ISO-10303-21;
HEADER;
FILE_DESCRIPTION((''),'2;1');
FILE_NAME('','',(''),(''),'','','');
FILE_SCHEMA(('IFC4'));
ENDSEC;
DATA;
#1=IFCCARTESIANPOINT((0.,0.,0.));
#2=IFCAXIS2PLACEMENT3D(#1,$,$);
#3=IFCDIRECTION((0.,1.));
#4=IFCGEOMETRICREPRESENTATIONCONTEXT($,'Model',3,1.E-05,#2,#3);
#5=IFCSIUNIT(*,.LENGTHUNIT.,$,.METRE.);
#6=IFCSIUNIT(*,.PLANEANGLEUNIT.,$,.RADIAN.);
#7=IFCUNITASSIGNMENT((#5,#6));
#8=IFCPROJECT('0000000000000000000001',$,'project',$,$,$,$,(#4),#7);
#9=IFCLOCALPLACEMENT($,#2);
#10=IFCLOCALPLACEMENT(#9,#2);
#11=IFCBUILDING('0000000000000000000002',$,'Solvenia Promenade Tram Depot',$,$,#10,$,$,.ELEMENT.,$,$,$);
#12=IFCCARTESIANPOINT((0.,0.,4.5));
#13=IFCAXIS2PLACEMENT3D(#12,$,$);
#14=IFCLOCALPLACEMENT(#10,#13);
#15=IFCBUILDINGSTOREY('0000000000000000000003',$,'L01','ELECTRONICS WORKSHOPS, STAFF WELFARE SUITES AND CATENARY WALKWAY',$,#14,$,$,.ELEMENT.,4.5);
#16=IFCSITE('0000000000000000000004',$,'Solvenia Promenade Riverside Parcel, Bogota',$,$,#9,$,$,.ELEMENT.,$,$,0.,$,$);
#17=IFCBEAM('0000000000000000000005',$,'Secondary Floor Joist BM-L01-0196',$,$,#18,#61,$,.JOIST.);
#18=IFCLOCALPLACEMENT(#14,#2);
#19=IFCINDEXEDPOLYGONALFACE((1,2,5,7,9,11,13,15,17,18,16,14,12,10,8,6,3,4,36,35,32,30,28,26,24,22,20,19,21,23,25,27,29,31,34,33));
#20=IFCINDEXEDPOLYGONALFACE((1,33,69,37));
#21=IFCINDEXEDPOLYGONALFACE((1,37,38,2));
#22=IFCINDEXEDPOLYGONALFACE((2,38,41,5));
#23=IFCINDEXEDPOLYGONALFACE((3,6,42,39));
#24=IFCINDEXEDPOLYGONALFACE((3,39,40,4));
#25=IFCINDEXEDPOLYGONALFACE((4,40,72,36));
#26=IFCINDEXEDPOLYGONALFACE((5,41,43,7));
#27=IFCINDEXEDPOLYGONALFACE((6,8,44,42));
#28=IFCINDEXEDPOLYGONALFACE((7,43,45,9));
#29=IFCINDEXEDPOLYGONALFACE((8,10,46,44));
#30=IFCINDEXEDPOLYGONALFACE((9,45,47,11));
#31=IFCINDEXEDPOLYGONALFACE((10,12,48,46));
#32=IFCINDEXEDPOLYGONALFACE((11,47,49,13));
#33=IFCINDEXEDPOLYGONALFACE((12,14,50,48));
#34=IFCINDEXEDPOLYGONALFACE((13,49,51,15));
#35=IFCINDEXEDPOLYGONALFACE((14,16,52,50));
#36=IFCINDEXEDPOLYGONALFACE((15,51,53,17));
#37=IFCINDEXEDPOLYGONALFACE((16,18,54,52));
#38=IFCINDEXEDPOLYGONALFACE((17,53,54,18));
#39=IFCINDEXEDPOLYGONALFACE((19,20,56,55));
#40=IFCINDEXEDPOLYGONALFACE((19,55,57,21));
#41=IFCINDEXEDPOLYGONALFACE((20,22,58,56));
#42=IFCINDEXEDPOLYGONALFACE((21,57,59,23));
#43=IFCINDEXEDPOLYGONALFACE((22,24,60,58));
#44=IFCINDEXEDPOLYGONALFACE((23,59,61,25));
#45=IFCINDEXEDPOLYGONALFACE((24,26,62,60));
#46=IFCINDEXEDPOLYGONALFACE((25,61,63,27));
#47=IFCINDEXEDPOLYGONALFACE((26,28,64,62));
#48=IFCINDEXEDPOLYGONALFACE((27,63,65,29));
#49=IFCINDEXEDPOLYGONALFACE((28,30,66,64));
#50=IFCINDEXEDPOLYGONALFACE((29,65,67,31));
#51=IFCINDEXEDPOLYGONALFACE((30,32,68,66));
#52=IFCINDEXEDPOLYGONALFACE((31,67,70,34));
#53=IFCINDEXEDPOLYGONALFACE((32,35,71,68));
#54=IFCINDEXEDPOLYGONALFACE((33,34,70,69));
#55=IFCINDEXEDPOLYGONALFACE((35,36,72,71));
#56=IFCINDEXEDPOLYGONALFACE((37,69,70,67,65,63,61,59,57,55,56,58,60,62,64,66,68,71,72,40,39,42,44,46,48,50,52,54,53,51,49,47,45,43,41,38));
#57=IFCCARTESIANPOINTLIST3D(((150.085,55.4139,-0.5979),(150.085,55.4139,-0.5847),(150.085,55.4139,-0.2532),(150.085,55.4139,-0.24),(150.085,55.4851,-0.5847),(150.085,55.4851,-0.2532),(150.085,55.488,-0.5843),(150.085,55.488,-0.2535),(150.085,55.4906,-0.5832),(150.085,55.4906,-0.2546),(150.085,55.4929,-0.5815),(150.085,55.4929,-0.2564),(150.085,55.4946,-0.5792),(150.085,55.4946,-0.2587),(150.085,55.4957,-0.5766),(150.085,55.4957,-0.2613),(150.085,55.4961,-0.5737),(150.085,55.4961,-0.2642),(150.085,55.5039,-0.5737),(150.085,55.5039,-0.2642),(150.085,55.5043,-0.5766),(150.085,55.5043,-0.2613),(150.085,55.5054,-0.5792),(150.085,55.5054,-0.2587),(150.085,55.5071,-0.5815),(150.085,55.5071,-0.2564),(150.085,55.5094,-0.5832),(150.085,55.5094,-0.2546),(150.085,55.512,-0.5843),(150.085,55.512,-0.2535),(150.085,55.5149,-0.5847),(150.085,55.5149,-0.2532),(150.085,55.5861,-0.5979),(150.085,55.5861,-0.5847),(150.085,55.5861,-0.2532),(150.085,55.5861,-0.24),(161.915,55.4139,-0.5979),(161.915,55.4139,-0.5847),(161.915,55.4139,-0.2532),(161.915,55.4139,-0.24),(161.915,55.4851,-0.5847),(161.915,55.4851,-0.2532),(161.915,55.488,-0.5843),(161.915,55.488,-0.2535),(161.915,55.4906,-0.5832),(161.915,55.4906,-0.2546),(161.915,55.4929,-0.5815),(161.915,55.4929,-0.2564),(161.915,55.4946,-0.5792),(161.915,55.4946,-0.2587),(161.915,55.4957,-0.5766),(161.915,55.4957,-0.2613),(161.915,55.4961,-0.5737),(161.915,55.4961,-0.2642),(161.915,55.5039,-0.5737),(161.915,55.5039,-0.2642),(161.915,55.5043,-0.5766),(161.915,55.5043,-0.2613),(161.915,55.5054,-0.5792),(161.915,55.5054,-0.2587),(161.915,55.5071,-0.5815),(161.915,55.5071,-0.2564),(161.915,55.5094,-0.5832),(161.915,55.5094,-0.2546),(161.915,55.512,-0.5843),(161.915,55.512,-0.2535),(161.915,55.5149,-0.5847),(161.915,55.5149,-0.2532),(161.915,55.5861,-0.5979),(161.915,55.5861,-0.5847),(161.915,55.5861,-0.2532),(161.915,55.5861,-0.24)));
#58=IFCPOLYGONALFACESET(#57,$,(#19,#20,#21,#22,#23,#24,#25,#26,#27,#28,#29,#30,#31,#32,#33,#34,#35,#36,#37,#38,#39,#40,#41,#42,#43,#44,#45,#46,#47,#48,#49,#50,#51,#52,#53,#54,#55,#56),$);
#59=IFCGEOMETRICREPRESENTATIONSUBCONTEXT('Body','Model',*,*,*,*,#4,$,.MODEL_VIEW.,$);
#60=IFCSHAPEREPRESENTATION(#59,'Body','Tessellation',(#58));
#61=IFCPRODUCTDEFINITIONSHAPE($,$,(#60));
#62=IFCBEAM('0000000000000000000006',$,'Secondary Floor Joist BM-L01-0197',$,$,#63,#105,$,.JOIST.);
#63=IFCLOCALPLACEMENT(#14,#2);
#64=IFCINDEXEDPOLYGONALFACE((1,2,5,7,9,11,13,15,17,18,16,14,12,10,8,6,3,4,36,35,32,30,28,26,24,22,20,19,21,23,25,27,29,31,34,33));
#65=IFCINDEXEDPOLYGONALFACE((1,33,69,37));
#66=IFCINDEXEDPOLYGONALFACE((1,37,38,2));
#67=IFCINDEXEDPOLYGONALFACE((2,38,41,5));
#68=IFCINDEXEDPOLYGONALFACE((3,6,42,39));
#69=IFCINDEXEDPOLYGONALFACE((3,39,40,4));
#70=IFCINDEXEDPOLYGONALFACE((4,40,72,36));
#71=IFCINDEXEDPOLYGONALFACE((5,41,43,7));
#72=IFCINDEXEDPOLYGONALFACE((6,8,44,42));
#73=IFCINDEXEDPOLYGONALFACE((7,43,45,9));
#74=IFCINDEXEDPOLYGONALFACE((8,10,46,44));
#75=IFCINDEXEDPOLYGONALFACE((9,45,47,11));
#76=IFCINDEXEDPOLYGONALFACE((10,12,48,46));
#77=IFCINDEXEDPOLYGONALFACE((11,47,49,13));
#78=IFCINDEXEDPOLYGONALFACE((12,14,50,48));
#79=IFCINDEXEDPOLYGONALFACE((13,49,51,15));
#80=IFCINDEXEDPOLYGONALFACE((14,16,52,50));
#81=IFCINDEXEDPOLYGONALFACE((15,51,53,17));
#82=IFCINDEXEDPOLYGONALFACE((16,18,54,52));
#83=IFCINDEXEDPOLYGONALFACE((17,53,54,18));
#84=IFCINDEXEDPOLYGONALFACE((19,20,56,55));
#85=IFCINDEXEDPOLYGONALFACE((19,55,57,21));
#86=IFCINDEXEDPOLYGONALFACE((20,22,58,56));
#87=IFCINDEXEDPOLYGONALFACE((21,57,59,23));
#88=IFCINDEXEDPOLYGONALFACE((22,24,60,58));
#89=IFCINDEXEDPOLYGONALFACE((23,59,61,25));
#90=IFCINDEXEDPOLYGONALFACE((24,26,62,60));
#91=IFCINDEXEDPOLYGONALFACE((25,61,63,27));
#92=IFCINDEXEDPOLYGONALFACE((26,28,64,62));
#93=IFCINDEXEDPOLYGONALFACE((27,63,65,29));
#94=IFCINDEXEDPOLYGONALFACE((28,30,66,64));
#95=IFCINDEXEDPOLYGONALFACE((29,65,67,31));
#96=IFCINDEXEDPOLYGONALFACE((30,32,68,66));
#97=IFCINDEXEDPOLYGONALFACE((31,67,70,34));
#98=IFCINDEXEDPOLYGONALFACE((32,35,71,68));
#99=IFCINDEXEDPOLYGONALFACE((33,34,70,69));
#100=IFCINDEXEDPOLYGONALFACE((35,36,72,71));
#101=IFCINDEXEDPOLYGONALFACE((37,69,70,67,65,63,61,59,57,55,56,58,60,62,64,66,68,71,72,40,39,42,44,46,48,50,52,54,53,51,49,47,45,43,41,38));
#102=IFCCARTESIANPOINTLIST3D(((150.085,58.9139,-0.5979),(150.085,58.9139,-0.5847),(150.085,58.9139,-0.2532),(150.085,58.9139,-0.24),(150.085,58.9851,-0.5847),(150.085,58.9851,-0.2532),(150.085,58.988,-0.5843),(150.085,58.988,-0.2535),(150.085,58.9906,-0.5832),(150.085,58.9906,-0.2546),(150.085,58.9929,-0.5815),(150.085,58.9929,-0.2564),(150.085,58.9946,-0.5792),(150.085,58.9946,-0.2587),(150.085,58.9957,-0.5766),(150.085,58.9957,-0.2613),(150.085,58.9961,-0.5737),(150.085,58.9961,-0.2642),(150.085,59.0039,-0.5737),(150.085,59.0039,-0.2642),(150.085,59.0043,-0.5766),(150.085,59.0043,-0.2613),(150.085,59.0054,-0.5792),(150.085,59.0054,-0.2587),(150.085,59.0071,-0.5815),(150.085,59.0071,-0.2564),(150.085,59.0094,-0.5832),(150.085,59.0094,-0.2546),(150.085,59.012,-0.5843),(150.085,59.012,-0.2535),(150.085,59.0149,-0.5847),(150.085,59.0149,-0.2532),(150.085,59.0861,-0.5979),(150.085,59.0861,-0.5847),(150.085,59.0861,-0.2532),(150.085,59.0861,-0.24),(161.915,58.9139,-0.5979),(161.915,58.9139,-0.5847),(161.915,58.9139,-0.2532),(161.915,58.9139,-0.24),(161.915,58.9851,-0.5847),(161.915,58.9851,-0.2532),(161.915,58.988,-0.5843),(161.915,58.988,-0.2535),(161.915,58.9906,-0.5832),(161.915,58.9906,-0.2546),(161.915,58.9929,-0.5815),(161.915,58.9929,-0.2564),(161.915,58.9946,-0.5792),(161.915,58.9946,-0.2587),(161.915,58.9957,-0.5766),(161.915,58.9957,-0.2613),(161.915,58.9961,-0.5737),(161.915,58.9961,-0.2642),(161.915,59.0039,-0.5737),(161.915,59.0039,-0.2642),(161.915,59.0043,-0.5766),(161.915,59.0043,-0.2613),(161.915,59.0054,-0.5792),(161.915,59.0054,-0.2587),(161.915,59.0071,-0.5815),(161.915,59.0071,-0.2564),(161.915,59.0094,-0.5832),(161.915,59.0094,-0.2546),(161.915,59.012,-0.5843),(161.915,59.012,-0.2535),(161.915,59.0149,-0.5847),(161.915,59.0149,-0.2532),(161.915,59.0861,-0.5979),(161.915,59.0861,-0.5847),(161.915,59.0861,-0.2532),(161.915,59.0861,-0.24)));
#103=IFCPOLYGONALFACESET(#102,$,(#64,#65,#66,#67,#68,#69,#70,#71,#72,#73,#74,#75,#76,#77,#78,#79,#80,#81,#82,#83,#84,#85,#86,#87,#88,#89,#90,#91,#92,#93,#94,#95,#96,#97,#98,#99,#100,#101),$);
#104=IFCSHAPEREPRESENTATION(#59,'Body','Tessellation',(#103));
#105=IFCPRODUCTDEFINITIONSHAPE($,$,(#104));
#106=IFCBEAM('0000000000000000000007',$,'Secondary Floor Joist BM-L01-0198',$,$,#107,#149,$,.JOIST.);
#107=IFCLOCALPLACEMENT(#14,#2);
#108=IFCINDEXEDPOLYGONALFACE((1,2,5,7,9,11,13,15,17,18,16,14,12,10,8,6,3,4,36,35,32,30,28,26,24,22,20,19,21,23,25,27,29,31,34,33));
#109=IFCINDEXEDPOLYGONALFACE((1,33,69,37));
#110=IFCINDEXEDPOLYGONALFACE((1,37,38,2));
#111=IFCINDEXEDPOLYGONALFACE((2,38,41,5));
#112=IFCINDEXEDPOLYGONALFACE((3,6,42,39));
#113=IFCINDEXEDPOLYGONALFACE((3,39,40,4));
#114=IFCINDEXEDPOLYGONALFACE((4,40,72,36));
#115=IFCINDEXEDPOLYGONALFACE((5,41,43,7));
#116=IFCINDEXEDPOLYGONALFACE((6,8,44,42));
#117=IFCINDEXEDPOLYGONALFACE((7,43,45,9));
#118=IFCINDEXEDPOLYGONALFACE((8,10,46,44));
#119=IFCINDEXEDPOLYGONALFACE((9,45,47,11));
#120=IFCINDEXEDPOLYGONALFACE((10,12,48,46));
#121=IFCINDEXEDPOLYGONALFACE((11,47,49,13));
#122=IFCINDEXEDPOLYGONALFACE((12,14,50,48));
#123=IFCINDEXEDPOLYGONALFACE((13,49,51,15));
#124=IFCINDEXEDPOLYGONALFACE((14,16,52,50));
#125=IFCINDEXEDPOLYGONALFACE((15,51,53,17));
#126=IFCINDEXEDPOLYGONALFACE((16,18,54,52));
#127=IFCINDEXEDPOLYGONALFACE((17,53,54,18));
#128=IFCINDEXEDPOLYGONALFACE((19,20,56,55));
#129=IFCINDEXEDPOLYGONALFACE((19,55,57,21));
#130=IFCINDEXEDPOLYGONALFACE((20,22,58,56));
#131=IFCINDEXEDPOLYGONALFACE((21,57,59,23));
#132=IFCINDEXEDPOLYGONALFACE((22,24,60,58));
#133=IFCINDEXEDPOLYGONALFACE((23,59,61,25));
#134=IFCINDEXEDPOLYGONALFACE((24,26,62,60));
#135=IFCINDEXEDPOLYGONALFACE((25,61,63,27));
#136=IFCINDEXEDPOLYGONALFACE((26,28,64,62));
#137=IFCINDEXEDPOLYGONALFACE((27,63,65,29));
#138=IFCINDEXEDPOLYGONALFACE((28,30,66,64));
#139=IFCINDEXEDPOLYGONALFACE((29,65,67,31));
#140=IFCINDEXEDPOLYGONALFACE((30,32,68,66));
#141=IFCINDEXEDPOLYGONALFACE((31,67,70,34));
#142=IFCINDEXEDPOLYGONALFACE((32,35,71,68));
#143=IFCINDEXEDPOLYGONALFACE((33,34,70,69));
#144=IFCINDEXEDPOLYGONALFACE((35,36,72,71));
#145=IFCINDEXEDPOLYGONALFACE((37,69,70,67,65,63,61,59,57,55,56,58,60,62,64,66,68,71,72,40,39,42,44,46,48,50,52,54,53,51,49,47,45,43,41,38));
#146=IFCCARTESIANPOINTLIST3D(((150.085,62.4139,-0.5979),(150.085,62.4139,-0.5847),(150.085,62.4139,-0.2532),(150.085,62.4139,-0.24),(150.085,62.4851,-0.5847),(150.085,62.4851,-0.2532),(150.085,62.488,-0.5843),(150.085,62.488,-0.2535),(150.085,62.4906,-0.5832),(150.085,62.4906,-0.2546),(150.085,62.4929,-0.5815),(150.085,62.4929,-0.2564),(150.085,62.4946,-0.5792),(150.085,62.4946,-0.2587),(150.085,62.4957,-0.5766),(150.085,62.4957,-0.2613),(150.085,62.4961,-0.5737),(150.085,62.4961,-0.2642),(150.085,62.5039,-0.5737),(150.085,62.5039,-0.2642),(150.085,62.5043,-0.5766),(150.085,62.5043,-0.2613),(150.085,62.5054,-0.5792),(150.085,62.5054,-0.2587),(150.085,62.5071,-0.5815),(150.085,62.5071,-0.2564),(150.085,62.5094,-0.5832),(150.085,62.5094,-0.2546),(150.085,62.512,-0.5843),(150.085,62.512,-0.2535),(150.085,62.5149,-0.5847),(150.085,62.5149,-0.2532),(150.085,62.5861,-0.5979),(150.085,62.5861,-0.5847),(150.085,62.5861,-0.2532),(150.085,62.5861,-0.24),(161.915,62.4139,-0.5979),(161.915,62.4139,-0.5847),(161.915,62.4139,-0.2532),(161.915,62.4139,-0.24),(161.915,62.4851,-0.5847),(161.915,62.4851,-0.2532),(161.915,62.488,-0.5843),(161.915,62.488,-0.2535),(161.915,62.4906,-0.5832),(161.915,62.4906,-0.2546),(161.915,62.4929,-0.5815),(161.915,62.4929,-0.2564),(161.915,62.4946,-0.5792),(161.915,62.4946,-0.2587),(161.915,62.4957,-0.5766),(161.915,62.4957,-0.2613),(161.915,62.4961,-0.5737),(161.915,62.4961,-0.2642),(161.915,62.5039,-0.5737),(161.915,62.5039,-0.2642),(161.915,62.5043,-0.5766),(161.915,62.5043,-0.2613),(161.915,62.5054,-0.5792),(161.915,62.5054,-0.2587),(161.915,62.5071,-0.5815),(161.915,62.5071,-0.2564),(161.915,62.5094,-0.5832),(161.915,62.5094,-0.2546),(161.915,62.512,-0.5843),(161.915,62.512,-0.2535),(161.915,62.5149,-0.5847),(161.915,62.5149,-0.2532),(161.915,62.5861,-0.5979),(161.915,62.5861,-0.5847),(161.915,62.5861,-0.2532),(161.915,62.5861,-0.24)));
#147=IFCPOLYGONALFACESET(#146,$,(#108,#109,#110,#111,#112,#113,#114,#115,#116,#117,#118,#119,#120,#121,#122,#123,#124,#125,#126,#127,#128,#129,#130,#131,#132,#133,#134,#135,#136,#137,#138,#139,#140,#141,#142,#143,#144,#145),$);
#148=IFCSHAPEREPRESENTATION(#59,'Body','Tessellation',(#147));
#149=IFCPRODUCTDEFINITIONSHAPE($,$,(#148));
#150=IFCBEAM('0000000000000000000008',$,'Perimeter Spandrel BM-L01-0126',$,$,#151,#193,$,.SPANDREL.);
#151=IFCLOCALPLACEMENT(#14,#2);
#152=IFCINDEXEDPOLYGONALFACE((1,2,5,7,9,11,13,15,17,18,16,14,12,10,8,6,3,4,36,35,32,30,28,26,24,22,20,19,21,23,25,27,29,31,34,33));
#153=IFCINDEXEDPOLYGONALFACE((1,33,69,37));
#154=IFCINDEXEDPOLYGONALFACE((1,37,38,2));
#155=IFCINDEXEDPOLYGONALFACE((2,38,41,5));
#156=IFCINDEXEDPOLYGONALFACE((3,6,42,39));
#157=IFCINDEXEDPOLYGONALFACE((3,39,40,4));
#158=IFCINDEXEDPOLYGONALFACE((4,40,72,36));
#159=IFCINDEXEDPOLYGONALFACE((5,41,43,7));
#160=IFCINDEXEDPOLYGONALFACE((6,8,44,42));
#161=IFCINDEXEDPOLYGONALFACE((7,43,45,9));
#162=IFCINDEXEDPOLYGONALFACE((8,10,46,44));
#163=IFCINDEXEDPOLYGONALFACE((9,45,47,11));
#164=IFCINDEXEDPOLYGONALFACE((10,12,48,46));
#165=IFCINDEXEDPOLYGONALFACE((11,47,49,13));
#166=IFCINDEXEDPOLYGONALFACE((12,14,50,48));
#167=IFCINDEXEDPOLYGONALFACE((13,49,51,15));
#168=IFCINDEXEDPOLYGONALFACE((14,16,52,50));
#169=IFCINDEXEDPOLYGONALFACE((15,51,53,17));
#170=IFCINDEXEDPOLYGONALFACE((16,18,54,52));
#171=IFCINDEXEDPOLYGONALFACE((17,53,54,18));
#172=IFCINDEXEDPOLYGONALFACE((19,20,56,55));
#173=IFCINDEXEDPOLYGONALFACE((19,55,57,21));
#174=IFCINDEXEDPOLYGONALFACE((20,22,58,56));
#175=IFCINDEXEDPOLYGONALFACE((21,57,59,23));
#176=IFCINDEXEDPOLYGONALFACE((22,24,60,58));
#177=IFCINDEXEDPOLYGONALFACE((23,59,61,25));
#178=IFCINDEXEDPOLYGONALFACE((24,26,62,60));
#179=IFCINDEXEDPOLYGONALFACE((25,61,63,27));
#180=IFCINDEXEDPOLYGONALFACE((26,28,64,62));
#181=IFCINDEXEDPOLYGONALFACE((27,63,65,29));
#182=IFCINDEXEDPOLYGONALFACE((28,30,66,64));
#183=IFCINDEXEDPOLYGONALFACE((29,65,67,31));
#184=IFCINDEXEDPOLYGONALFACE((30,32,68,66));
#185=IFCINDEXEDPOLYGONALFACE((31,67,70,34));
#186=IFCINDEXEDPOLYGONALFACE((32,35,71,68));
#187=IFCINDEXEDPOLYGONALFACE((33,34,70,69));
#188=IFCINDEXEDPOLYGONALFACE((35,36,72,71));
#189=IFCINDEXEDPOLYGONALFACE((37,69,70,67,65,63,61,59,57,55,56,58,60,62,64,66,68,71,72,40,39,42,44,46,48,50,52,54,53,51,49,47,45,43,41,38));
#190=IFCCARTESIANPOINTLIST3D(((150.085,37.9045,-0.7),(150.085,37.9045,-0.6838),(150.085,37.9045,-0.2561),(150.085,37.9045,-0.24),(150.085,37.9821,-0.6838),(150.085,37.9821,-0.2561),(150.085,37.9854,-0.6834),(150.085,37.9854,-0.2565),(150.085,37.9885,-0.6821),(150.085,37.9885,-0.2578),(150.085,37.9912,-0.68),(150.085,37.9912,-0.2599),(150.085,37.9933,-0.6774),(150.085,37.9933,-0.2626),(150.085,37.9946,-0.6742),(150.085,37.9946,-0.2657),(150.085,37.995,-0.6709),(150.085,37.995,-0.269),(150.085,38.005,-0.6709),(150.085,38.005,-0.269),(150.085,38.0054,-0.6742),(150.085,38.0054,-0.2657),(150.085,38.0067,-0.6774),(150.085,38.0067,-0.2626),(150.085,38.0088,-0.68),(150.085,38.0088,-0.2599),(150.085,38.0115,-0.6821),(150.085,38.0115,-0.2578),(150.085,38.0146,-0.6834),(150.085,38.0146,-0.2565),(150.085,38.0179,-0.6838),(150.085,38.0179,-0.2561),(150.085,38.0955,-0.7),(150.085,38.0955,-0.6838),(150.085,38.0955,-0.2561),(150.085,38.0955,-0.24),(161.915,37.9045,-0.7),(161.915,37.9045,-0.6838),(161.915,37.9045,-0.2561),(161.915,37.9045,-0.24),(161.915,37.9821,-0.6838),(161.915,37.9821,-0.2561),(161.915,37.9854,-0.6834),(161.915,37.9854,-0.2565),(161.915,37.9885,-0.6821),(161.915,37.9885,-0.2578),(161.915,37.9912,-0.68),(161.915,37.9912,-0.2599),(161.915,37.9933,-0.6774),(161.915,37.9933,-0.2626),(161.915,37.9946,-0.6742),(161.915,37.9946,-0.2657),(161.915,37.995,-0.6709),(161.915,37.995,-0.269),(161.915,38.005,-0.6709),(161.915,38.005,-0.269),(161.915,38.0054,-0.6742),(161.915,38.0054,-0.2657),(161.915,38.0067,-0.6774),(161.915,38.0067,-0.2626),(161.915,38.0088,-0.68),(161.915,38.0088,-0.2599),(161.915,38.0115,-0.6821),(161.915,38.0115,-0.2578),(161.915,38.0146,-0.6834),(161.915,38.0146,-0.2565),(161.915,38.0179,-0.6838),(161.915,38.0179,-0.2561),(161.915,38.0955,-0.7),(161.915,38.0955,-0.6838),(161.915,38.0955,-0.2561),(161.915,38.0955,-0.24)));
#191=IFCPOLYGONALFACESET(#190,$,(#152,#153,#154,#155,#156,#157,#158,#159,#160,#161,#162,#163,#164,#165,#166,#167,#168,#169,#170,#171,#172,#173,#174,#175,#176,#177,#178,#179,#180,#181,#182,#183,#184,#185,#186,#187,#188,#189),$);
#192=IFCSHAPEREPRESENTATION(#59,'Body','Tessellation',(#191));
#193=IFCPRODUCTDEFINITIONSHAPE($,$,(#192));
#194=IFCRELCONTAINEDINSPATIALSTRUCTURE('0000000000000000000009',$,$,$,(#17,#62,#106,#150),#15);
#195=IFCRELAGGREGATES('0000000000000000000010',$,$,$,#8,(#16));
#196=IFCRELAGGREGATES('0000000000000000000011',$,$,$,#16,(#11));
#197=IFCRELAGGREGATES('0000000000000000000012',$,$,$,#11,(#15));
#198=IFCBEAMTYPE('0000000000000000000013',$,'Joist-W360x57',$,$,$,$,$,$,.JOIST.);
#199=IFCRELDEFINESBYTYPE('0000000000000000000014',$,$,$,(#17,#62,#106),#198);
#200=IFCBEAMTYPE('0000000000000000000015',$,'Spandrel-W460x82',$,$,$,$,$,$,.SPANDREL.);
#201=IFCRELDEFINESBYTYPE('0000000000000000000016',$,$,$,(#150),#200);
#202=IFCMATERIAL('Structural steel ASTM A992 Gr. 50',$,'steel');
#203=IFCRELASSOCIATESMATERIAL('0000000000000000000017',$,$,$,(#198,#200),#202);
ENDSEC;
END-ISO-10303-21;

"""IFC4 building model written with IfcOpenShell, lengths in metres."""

from ifc_helpers import new_model, si_unit, direction, frame, origin, origin_2d, place, context, subcontext, project, spatial, i_section, extrude, material, material_profile, profile_set, type_object, element, save


model = new_model("IFC4")

# Units and contexts
model_context = context("Model", 3, precision=1e-05, world=origin(), true_north=direction((0.0, 1.0)))
body_context = subcontext(model_context, "Body", "Model", "MODEL_VIEW")
ifc_project = project(units=[si_unit("LENGTHUNIT", "METRE"), si_unit("PLANEANGLEUNIT", "RADIAN")], contexts=[model_context])

# Site, building, storey
site_placement = place(None, origin())
site = spatial("IfcSite", under=ifc_project, at=site_placement, Name="Solvenia Promenade Riverside Parcel, Bogota", CompositionType="ELEMENT", RefElevation=0.0)
building_placement = place(site_placement, origin())
building = spatial("IfcBuilding", under=site, at=building_placement, Name="Solvenia Promenade Tram Depot", CompositionType="ELEMENT")
storey_placement = place(building_placement, frame((0.0, 0.0, 4.5)))
storey = spatial("IfcBuildingStorey", under=building, at=storey_placement, Name="L01", Description="ELECTRONICS WORKSHOPS, STAFF WELFARE SUITES AND CATENARY WALKWAY", CompositionType="ELEMENT", Elevation=4.5)

# Shared definitions
ifc_material_1 = material(Name="Structural steel ASTM A992 Gr. 50", Category="steel")

# Beams
ifc_material_profile_1 = material_profile(ifc_material_1, i_section(OverallWidth=0.1721, OverallDepth=0.3579, WebThickness=0.0078, FlangeThickness=0.0132, FilletRadius=0.011, at=origin_2d()), Name="W360x57", Category="steel")
ifc_profile_set_1 = profile_set([ifc_material_profile_1], Name="Structural steel ASTM A992 Gr. 50")
beam_type_1 = type_object("IfcBeamType", Name="Joist-W360x57", PredefinedType="JOIST", material=ifc_profile_set_1)
for number, where, z_axis, x_axis, name in (
    (1, (150.085, 55.5, -0.4189), (1.0, 0.0, 0.0), (0.0, 1.0, 0.0), "Secondary Floor Joist BM-L01-0196"),
    (2, (150.085, 59.0, -0.4189), (1.0, 0.0, 0.0), (0.0, 1.0, 0.0), "Secondary Floor Joist BM-L01-0197"),
    (3, (150.085, 62.5, -0.4189), (1.0, 0.0, 0.0), (0.0, 1.0, 0.0), "Secondary Floor Joist BM-L01-0198"),
):
    element("IfcBeam", number, at=place(storey_placement, frame(where, z_axis=z_axis, x_axis=x_axis)), inside=storey, type_object=beam_type_1, Name=name, PredefinedType="JOIST", context=body_context, shape_type="SweptSolid", body=[
        extrude(i_section(OverallWidth=0.1721, OverallDepth=0.3579, WebThickness=0.0078, FlangeThickness=0.0132, FilletRadius=0.011, at=origin_2d()), origin(), (0.0, 0.0, 1.0), 11.8301),
    ])
ifc_material_profile_2 = material_profile(ifc_material_1, i_section(OverallWidth=0.1909, OverallDepth=0.46, WebThickness=0.01, FlangeThickness=0.0161, FilletRadius=0.0129, at=origin_2d()), Name="W460x82", Category="steel")
ifc_profile_set_2 = profile_set([ifc_material_profile_2], Name="Structural steel ASTM A992 Gr. 50")
beam_type_2 = type_object("IfcBeamType", Name="Spandrel-W460x82", PredefinedType="SPANDREL", material=ifc_profile_set_2)
beam_1_placement = place(storey_placement, frame((150.085, 38.0, -0.47), z_axis=(1.0, 0.0, 0.0), x_axis=(0.0, 1.0, 0.0)))
element("IfcBeam", 4, at=beam_1_placement, inside=storey, type_object=beam_type_2, Name="Perimeter Spandrel BM-L01-0126", PredefinedType="SPANDREL", context=body_context, shape_type="SweptSolid", body=[
    extrude(i_section(OverallWidth=0.1909, OverallDepth=0.46, WebThickness=0.01, FlangeThickness=0.0161, FilletRadius=0.0129, at=origin_2d()), origin(), (0.0, 0.0, 1.0), 11.8301),
])

save(model, "model.ifc")
